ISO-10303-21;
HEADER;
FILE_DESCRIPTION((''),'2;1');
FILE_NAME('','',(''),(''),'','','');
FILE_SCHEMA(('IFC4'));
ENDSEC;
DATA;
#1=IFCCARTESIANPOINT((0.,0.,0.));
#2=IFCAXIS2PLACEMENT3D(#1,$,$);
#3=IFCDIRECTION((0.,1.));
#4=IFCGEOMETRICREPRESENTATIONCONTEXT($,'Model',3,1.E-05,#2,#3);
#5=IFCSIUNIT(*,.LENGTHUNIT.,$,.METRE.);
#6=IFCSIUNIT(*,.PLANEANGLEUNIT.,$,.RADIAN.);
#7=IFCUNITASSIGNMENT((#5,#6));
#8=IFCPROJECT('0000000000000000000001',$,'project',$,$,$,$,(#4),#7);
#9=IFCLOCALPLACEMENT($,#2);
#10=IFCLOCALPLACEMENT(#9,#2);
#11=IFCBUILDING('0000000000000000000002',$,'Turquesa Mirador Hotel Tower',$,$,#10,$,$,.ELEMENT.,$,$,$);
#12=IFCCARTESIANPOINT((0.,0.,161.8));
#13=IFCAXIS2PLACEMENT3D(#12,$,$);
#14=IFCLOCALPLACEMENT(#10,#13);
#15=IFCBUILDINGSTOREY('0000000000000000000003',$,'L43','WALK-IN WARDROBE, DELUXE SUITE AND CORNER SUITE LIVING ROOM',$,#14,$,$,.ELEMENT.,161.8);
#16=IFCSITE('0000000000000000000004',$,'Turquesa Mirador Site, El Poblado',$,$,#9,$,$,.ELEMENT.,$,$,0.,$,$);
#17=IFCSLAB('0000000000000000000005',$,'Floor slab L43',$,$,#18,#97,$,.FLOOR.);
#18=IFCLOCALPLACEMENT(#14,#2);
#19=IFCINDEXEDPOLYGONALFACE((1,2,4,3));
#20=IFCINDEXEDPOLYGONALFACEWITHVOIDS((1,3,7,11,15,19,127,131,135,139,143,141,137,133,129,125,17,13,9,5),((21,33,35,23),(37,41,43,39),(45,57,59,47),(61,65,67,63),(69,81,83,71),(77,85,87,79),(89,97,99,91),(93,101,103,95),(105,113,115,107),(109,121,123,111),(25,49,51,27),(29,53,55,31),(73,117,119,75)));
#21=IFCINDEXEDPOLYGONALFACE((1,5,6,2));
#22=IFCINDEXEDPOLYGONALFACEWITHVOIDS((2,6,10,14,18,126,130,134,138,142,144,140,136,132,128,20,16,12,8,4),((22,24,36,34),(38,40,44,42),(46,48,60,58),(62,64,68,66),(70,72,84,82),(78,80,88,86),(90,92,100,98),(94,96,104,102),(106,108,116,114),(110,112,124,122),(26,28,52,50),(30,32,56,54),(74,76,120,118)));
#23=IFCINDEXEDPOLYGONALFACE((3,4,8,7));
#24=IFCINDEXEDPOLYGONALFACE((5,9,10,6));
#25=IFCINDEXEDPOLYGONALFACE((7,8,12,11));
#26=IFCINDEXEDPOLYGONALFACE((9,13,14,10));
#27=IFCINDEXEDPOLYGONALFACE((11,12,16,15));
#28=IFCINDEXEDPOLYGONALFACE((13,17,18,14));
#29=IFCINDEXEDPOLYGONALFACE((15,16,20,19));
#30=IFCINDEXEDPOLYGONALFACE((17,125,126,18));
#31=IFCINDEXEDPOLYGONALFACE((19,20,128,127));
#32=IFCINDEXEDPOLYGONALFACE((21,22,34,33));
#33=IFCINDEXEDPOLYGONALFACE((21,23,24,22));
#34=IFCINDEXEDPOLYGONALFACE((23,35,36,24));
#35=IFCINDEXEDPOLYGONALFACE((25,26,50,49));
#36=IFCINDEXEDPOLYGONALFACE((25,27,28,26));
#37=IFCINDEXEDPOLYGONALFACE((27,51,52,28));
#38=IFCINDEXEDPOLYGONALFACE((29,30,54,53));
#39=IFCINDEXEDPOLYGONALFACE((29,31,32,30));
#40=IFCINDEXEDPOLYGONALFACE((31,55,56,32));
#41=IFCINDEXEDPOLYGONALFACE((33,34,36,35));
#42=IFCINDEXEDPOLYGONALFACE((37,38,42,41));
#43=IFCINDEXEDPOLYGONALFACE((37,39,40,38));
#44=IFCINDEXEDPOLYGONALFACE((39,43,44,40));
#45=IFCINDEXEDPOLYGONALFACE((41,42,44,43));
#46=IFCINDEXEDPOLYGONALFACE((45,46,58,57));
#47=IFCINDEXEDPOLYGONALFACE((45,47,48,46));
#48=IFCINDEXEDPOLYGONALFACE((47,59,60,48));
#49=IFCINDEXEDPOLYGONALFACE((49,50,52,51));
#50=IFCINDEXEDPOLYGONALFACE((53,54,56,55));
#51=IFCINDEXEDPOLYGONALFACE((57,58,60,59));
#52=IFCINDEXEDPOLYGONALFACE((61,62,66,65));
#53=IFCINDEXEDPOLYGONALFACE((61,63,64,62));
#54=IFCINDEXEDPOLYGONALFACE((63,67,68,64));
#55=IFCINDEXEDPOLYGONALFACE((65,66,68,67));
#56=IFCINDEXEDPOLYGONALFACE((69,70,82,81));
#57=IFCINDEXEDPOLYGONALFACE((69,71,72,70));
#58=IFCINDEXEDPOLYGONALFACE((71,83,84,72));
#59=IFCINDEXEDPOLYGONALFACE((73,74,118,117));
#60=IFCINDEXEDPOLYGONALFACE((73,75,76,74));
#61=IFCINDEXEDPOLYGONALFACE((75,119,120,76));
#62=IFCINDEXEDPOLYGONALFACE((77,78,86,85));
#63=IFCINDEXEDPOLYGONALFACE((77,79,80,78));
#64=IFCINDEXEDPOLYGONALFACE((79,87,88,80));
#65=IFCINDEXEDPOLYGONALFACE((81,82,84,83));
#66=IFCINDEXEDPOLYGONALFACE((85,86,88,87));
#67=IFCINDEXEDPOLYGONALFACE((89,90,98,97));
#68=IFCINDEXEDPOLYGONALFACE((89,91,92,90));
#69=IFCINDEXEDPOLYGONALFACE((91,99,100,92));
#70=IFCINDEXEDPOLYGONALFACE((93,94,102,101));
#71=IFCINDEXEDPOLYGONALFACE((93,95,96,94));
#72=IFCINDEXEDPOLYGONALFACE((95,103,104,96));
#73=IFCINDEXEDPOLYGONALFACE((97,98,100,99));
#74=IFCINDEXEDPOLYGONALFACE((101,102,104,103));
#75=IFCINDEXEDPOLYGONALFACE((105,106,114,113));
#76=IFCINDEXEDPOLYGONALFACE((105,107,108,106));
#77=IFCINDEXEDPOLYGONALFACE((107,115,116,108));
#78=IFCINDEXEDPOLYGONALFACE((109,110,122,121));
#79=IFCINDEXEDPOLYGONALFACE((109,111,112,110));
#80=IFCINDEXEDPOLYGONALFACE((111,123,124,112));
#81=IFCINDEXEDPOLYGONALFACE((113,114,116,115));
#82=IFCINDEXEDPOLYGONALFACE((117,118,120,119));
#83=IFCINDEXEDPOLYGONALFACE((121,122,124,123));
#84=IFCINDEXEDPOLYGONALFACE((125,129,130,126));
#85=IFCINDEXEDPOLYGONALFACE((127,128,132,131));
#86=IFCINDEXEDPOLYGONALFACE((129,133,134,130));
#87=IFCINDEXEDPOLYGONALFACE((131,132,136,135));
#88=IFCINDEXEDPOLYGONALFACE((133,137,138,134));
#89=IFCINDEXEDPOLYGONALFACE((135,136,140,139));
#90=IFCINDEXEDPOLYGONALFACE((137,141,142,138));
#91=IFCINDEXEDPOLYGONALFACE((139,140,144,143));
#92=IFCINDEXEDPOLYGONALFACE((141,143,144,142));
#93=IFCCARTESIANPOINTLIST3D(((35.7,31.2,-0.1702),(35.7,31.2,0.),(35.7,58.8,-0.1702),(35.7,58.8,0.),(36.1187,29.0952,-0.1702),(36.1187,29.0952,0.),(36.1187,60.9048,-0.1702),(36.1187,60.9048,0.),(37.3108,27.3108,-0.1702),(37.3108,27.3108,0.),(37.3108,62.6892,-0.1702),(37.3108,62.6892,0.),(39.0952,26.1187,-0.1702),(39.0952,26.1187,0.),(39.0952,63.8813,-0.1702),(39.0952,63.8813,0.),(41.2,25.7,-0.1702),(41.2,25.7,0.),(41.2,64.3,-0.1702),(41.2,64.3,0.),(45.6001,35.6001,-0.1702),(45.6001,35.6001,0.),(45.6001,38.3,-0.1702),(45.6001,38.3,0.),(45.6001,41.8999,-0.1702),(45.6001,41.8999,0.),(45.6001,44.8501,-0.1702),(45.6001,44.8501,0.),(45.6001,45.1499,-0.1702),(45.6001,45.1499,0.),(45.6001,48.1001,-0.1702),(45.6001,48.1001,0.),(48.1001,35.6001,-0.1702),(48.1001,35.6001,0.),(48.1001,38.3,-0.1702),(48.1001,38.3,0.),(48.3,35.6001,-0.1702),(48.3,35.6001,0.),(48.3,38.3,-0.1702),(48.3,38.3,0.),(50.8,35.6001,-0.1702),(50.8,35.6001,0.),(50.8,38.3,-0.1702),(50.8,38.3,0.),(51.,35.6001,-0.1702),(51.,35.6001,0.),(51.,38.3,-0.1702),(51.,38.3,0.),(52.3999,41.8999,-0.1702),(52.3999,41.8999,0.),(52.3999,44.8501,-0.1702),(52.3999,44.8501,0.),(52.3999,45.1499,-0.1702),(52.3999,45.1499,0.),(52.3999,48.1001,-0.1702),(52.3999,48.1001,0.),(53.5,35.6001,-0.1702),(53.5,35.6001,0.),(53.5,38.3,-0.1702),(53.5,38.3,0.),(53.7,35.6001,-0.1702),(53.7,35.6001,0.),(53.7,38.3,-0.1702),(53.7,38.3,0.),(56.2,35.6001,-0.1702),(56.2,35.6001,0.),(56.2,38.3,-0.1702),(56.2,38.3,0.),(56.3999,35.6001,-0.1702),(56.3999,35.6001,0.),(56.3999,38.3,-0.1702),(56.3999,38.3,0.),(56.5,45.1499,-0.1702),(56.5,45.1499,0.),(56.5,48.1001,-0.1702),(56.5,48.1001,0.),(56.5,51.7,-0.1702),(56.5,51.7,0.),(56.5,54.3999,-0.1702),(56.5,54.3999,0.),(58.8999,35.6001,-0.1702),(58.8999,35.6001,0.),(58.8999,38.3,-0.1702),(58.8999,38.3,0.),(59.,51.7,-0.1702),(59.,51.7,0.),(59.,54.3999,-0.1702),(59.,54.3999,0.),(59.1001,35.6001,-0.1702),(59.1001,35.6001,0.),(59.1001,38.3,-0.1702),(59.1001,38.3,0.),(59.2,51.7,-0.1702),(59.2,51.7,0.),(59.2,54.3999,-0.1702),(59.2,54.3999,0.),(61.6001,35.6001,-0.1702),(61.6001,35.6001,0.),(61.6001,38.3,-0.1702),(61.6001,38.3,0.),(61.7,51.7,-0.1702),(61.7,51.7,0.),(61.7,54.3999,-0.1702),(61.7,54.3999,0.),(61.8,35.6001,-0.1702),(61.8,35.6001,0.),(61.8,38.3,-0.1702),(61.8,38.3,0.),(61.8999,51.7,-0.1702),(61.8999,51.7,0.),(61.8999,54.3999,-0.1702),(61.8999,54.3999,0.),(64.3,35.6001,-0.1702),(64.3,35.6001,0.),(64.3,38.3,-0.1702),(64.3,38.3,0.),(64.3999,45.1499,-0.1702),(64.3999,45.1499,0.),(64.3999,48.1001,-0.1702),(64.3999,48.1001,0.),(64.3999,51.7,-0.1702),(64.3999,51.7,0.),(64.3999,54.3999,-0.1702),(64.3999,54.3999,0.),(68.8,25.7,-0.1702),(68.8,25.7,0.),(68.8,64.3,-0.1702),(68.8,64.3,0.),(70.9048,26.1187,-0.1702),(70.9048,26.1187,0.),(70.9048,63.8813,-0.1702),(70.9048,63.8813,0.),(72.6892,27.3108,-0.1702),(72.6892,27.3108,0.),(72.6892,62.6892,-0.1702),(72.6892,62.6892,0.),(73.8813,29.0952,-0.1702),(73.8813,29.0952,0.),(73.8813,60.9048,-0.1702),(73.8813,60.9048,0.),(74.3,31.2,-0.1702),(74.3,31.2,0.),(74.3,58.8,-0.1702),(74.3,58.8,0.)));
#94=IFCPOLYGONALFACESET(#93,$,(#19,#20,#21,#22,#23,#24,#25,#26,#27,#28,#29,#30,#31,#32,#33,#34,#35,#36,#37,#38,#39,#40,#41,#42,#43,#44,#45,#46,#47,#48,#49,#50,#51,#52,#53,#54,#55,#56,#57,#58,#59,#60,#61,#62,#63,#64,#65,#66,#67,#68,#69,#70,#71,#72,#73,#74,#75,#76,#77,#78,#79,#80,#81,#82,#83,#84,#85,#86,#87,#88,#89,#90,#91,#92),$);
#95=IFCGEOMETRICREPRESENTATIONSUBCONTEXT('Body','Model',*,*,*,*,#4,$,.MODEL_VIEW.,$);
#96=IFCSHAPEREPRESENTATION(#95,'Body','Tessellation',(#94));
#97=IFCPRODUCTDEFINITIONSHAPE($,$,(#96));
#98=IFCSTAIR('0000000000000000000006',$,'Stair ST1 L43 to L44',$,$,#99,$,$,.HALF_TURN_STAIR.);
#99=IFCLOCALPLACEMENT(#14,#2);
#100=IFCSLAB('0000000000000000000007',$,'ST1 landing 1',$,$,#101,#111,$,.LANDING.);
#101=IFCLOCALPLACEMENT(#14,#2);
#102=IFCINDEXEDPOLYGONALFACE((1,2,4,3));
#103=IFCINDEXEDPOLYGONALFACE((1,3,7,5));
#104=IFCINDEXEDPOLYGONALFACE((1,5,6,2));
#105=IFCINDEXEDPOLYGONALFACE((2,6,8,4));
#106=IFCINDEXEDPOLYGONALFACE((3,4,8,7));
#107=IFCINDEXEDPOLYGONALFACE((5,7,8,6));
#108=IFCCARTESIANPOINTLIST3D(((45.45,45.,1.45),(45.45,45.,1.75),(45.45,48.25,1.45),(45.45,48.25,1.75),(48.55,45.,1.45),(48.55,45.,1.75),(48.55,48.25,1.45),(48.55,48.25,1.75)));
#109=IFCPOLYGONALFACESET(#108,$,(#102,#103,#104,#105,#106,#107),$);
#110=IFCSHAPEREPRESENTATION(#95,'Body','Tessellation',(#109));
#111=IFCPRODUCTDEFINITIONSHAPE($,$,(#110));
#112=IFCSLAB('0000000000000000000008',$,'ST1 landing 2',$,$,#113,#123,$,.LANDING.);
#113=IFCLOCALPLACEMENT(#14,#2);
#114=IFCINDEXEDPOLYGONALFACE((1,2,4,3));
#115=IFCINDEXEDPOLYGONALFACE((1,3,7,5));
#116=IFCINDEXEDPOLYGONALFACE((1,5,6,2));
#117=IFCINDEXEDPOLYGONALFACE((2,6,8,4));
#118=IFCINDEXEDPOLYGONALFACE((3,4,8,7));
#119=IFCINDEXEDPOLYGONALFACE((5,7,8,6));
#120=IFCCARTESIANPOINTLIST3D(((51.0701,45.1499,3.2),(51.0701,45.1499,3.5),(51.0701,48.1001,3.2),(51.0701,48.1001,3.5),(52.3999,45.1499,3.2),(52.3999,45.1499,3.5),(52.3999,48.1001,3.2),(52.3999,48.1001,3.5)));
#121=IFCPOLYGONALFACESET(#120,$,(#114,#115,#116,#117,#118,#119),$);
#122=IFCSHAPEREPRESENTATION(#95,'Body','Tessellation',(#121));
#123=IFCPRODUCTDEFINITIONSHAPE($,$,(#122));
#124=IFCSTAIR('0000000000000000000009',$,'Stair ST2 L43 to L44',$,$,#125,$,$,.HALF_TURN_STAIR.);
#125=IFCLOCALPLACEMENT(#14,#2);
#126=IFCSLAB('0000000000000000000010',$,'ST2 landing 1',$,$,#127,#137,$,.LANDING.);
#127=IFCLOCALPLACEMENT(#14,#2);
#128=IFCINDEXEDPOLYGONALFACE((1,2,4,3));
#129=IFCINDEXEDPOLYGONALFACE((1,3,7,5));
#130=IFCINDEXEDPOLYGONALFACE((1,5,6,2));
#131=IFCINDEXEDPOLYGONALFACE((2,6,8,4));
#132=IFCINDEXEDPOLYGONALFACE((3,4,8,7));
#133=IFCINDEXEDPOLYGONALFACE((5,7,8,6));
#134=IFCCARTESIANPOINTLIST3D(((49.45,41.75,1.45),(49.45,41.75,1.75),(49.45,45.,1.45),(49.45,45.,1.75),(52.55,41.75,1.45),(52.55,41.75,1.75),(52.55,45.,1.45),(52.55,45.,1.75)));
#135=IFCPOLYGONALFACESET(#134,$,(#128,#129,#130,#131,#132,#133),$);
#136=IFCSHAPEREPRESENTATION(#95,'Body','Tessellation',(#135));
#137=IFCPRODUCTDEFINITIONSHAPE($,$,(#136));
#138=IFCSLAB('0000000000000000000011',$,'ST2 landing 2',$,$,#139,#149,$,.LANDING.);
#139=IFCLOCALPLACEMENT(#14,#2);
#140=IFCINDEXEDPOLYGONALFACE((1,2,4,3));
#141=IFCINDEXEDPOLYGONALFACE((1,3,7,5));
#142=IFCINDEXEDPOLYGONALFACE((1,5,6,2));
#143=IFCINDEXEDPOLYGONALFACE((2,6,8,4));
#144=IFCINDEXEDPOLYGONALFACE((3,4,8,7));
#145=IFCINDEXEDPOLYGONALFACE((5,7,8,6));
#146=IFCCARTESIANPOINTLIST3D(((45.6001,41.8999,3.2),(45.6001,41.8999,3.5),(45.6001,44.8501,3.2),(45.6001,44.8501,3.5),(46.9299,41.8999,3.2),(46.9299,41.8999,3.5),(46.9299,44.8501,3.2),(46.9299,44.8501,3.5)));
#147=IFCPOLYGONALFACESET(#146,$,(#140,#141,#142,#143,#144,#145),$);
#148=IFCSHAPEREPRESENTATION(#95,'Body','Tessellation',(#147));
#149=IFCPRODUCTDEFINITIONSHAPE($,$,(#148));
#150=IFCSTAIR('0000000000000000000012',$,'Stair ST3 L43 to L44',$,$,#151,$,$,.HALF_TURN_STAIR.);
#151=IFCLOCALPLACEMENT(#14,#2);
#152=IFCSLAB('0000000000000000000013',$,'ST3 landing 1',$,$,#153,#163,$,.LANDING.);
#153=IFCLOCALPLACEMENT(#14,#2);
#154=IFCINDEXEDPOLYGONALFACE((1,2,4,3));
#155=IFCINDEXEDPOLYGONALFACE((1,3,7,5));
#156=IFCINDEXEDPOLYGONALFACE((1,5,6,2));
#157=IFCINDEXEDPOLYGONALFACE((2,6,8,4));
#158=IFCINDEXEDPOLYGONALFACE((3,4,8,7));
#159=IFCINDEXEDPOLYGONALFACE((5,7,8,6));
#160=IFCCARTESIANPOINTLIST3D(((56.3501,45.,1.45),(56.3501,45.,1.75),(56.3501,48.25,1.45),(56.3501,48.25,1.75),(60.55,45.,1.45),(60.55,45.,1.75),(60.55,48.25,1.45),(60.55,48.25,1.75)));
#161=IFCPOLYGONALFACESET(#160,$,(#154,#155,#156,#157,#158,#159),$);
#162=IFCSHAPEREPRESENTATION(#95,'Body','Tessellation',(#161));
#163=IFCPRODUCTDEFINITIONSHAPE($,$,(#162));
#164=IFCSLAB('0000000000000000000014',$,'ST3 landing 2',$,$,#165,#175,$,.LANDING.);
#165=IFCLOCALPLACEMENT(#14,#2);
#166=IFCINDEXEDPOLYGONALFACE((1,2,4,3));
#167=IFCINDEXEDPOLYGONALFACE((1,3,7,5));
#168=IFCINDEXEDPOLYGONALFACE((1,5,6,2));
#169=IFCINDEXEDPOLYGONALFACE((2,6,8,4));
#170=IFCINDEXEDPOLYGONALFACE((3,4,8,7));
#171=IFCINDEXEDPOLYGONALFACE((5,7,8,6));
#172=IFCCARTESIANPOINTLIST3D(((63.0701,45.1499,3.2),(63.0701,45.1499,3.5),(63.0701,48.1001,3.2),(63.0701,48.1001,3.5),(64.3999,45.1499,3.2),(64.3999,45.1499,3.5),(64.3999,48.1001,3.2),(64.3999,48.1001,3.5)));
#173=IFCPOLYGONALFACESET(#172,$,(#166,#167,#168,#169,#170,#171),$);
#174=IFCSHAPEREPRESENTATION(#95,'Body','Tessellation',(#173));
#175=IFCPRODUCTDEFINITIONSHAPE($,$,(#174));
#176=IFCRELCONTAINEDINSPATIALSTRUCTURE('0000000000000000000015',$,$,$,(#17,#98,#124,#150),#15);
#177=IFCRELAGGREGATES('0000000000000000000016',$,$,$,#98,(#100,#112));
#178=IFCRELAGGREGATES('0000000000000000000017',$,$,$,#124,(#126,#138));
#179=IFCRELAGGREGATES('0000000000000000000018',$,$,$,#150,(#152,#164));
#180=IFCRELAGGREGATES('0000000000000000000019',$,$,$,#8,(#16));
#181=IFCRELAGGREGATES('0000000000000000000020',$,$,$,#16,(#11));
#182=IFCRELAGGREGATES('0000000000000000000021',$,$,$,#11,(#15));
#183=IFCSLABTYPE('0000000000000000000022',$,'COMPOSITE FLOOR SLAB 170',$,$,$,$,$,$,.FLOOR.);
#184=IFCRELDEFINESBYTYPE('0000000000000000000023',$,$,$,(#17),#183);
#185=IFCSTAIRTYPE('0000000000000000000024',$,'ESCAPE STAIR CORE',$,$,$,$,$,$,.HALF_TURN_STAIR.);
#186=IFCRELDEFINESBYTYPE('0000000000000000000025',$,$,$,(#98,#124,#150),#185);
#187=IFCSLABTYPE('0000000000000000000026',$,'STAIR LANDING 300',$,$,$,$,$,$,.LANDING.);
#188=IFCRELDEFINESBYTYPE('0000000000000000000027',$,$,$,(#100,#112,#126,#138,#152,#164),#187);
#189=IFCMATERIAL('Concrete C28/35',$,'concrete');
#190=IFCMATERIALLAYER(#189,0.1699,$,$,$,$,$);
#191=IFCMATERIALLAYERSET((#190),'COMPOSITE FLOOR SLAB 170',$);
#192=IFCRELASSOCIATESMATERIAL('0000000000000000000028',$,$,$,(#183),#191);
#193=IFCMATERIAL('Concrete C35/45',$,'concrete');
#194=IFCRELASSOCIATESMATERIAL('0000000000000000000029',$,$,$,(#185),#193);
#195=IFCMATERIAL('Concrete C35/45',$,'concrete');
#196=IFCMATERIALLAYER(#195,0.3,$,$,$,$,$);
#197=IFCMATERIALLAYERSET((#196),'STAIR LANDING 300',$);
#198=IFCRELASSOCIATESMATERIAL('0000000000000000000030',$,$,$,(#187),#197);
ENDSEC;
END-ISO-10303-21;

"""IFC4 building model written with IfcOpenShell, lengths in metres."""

from ifc_helpers import new_model, si_unit, direction, frame, origin, place, context, subcontext, project, spatial, polyline, outline, extrude, material, layer, layer_set, type_object, element, aggregate, save


model = new_model("IFC4")

# Units and contexts
model_context = context("Model", 3, precision=1e-05, world=origin(), true_north=direction((0.0, 1.0)))
body_context = subcontext(model_context, "Body", "Model", "MODEL_VIEW")
ifc_project = project(units=[si_unit("LENGTHUNIT", "METRE"), si_unit("PLANEANGLEUNIT", "RADIAN")], contexts=[model_context])

# Site, building, storey
site_placement = place(None, origin())
site = spatial("IfcSite", under=ifc_project, at=site_placement, Name="Turquesa Mirador Site, El Poblado", CompositionType="ELEMENT", RefElevation=0.0)
building_placement = place(site_placement, origin())
building = spatial("IfcBuilding", under=site, at=building_placement, Name="Turquesa Mirador Hotel Tower", CompositionType="ELEMENT")
storey_placement = place(building_placement, frame((0.0, 0.0, 161.8)))
storey = spatial("IfcBuildingStorey", under=building, at=storey_placement, Name="L43", Description="WALK-IN WARDROBE, DELUXE SUITE AND CORNER SUITE LIVING ROOM", CompositionType="ELEMENT", Elevation=161.8)

# Slab
ifc_material_1 = material(Name="Concrete C28/35", Category="concrete")
ifc_layer_1 = layer(ifc_material_1, 0.1699)
ifc_layer_set_1 = layer_set([ifc_layer_1], Name="COMPOSITE FLOOR SLAB 170")
slab_type_1 = type_object("IfcSlabType", Name="COMPOSITE FLOOR SLAB 170", PredefinedType="FLOOR", material=ifc_layer_set_1)
slab_1_placement = place(storey_placement, frame((0.0, 0.0, -0.1702)))
element("IfcSlab", 1, at=slab_1_placement, inside=storey, type_object=slab_type_1, Name="Floor slab L43", PredefinedType="FLOOR", context=body_context, shape_type="SweptSolid", body=[
    extrude(outline(polyline([(68.8, 25.7), (70.9048, 26.1187), (72.6892, 27.3108), (73.8813, 29.0952), (74.3, 31.2), (74.3, 58.8), (73.8813, 60.9048), (72.6892, 62.6892), (70.9048, 63.8813), (68.8, 64.3), (41.2, 64.3), (39.0952, 63.8813), (37.3108, 62.6892), (36.1187, 60.9048), (35.7, 58.8), (35.7, 31.2), (36.1187, 29.0952), (37.3108, 27.3108), (39.0952, 26.1187), (41.2, 25.7), (68.8, 25.7)]), holes=[polyline([(56.5, 51.7), (59.0, 51.7), (59.0, 54.3999), (56.5, 54.3999), (56.5, 51.7)]), polyline([(59.2, 51.7), (61.7, 51.7), (61.7, 54.3999), (59.2, 54.3999), (59.2, 51.7)]), polyline([(45.6001, 35.6001), (48.1001, 35.6001), (48.1001, 38.3), (45.6001, 38.3), (45.6001, 35.6001)]), polyline([(48.3, 35.6001), (50.8, 35.6001), (50.8, 38.3), (48.3, 38.3), (48.3, 35.6001)]), polyline([(51.0, 35.6001), (53.5, 35.6001), (53.5, 38.3), (51.0, 38.3), (51.0, 35.6001)]), polyline([(53.7, 35.6001), (56.2, 35.6001), (56.2, 38.3), (53.7, 38.3), (53.7, 35.6001)]), polyline([(56.3999, 35.6001), (58.8999, 35.6001), (58.8999, 38.3), (56.3999, 38.3), (56.3999, 35.6001)]), polyline([(59.1001, 35.6001), (61.6001, 35.6001), (61.6001, 38.3), (59.1001, 38.3), (59.1001, 35.6001)]), polyline([(61.8, 35.6001), (64.3, 35.6001), (64.3, 38.3), (61.8, 38.3), (61.8, 35.6001)]), polyline([(45.6001, 45.1499), (52.3999, 45.1499), (52.3999, 48.1001), (45.6001, 48.1001), (45.6001, 45.1499)]), polyline([(45.6001, 41.8999), (52.3999, 41.8999), (52.3999, 44.8501), (45.6001, 44.8501), (45.6001, 41.8999)]), polyline([(56.5, 45.1499), (64.3999, 45.1499), (64.3999, 48.1001), (56.5, 48.1001), (56.5, 45.1499)]), polyline([(61.8999, 51.7), (64.3999, 51.7), (64.3999, 54.3999), (61.8999, 54.3999), (61.8999, 51.7)])]), origin(), (0.0, 0.0, 1.0), 0.1702),
])

# Stairs, slabs
ifc_material_2 = material(Name="Concrete C35/45", Category="concrete")
stair_type = type_object("IfcStairType", Name="ESCAPE STAIR CORE", PredefinedType="HALF_TURN_STAIR", material=ifc_material_2)
stair_1_placement = place(storey_placement, origin())
stair_1 = element("IfcStair", 2, at=stair_1_placement, inside=storey, type_object=stair_type, Name="Stair ST1 L43 to L44", PredefinedType="HALF_TURN_STAIR")
ifc_material_3 = material(Name="Concrete C35/45", Category="concrete")
ifc_layer_2 = layer(ifc_material_3, 0.3)
ifc_layer_set_2 = layer_set([ifc_layer_2], Name="STAIR LANDING 300")
slab_type_2 = type_object("IfcSlabType", Name="STAIR LANDING 300", PredefinedType="LANDING", material=ifc_layer_set_2)
slab_2_placement = place(storey_placement, frame((0.0, 0.0, 1.45)))
slab_2 = element("IfcSlab", 3, at=slab_2_placement, type_object=slab_type_2, Name="ST1 landing 1", PredefinedType="LANDING", context=body_context, shape_type="SweptSolid", body=[
    extrude(outline(polyline([(45.45, 45.0), (48.55, 45.0), (48.55, 48.25), (45.45, 48.25), (45.45, 45.0)])), origin(), (0.0, 0.0, 1.0), 0.3),
])
slab_3_placement = place(storey_placement, frame((0.0, 0.0, 3.2)))
slab_3 = element("IfcSlab", 4, at=slab_3_placement, type_object=slab_type_2, Name="ST1 landing 2", PredefinedType="LANDING", context=body_context, shape_type="SweptSolid", body=[
    extrude(outline(polyline([(51.0701, 45.1499), (52.3999, 45.1499), (52.3999, 48.1001), (51.0701, 48.1001), (51.0701, 45.1499)])), origin(), (0.0, 0.0, 1.0), 0.3),
])
aggregate(stair_1, [slab_2, slab_3])
stair_2_placement = place(storey_placement, origin())
stair_2 = element("IfcStair", 5, at=stair_2_placement, inside=storey, type_object=stair_type, Name="Stair ST2 L43 to L44", PredefinedType="HALF_TURN_STAIR")
slab_4_placement = place(storey_placement, frame((0.0, 0.0, 1.45)))
slab_4 = element("IfcSlab", 6, at=slab_4_placement, type_object=slab_type_2, Name="ST2 landing 1", PredefinedType="LANDING", context=body_context, shape_type="SweptSolid", body=[
    extrude(outline(polyline([(52.55, 45.0), (49.45, 45.0), (49.45, 41.75), (52.55, 41.75), (52.55, 45.0)])), origin(), (0.0, 0.0, 1.0), 0.3),
])
slab_5_placement = place(storey_placement, frame((0.0, 0.0, 3.2)))
slab_5 = element("IfcSlab", 7, at=slab_5_placement, type_object=slab_type_2, Name="ST2 landing 2", PredefinedType="LANDING", context=body_context, shape_type="SweptSolid", body=[
    extrude(outline(polyline([(46.9299, 44.8501), (45.6001, 44.8501), (45.6001, 41.8999), (46.9299, 41.8999), (46.9299, 44.8501)])), origin(), (0.0, 0.0, 1.0), 0.3),
])
aggregate(stair_2, [slab_4, slab_5])
stair_3_placement = place(storey_placement, origin())
stair_3 = element("IfcStair", 8, at=stair_3_placement, inside=storey, type_object=stair_type, Name="Stair ST3 L43 to L44", PredefinedType="HALF_TURN_STAIR")
slab_6_placement = place(storey_placement, frame((0.0, 0.0, 1.45)))
slab_6 = element("IfcSlab", 9, at=slab_6_placement, type_object=slab_type_2, Name="ST3 landing 1", PredefinedType="LANDING", context=body_context, shape_type="SweptSolid", body=[
    extrude(outline(polyline([(56.3501, 45.0), (60.55, 45.0), (60.55, 48.25), (56.3501, 48.25), (56.3501, 45.0)])), origin(), (0.0, 0.0, 1.0), 0.3),
])
slab_7_placement = place(storey_placement, frame((0.0, 0.0, 3.2)))
slab_7 = element("IfcSlab", 10, at=slab_7_placement, type_object=slab_type_2, Name="ST3 landing 2", PredefinedType="LANDING", context=body_context, shape_type="SweptSolid", body=[
    extrude(outline(polyline([(63.0701, 45.1499), (64.3999, 45.1499), (64.3999, 48.1001), (63.0701, 48.1001), (63.0701, 45.1499)])), origin(), (0.0, 0.0, 1.0), 0.3),
])
aggregate(stair_3, [slab_6, slab_7])

save(model, "model.ifc")
